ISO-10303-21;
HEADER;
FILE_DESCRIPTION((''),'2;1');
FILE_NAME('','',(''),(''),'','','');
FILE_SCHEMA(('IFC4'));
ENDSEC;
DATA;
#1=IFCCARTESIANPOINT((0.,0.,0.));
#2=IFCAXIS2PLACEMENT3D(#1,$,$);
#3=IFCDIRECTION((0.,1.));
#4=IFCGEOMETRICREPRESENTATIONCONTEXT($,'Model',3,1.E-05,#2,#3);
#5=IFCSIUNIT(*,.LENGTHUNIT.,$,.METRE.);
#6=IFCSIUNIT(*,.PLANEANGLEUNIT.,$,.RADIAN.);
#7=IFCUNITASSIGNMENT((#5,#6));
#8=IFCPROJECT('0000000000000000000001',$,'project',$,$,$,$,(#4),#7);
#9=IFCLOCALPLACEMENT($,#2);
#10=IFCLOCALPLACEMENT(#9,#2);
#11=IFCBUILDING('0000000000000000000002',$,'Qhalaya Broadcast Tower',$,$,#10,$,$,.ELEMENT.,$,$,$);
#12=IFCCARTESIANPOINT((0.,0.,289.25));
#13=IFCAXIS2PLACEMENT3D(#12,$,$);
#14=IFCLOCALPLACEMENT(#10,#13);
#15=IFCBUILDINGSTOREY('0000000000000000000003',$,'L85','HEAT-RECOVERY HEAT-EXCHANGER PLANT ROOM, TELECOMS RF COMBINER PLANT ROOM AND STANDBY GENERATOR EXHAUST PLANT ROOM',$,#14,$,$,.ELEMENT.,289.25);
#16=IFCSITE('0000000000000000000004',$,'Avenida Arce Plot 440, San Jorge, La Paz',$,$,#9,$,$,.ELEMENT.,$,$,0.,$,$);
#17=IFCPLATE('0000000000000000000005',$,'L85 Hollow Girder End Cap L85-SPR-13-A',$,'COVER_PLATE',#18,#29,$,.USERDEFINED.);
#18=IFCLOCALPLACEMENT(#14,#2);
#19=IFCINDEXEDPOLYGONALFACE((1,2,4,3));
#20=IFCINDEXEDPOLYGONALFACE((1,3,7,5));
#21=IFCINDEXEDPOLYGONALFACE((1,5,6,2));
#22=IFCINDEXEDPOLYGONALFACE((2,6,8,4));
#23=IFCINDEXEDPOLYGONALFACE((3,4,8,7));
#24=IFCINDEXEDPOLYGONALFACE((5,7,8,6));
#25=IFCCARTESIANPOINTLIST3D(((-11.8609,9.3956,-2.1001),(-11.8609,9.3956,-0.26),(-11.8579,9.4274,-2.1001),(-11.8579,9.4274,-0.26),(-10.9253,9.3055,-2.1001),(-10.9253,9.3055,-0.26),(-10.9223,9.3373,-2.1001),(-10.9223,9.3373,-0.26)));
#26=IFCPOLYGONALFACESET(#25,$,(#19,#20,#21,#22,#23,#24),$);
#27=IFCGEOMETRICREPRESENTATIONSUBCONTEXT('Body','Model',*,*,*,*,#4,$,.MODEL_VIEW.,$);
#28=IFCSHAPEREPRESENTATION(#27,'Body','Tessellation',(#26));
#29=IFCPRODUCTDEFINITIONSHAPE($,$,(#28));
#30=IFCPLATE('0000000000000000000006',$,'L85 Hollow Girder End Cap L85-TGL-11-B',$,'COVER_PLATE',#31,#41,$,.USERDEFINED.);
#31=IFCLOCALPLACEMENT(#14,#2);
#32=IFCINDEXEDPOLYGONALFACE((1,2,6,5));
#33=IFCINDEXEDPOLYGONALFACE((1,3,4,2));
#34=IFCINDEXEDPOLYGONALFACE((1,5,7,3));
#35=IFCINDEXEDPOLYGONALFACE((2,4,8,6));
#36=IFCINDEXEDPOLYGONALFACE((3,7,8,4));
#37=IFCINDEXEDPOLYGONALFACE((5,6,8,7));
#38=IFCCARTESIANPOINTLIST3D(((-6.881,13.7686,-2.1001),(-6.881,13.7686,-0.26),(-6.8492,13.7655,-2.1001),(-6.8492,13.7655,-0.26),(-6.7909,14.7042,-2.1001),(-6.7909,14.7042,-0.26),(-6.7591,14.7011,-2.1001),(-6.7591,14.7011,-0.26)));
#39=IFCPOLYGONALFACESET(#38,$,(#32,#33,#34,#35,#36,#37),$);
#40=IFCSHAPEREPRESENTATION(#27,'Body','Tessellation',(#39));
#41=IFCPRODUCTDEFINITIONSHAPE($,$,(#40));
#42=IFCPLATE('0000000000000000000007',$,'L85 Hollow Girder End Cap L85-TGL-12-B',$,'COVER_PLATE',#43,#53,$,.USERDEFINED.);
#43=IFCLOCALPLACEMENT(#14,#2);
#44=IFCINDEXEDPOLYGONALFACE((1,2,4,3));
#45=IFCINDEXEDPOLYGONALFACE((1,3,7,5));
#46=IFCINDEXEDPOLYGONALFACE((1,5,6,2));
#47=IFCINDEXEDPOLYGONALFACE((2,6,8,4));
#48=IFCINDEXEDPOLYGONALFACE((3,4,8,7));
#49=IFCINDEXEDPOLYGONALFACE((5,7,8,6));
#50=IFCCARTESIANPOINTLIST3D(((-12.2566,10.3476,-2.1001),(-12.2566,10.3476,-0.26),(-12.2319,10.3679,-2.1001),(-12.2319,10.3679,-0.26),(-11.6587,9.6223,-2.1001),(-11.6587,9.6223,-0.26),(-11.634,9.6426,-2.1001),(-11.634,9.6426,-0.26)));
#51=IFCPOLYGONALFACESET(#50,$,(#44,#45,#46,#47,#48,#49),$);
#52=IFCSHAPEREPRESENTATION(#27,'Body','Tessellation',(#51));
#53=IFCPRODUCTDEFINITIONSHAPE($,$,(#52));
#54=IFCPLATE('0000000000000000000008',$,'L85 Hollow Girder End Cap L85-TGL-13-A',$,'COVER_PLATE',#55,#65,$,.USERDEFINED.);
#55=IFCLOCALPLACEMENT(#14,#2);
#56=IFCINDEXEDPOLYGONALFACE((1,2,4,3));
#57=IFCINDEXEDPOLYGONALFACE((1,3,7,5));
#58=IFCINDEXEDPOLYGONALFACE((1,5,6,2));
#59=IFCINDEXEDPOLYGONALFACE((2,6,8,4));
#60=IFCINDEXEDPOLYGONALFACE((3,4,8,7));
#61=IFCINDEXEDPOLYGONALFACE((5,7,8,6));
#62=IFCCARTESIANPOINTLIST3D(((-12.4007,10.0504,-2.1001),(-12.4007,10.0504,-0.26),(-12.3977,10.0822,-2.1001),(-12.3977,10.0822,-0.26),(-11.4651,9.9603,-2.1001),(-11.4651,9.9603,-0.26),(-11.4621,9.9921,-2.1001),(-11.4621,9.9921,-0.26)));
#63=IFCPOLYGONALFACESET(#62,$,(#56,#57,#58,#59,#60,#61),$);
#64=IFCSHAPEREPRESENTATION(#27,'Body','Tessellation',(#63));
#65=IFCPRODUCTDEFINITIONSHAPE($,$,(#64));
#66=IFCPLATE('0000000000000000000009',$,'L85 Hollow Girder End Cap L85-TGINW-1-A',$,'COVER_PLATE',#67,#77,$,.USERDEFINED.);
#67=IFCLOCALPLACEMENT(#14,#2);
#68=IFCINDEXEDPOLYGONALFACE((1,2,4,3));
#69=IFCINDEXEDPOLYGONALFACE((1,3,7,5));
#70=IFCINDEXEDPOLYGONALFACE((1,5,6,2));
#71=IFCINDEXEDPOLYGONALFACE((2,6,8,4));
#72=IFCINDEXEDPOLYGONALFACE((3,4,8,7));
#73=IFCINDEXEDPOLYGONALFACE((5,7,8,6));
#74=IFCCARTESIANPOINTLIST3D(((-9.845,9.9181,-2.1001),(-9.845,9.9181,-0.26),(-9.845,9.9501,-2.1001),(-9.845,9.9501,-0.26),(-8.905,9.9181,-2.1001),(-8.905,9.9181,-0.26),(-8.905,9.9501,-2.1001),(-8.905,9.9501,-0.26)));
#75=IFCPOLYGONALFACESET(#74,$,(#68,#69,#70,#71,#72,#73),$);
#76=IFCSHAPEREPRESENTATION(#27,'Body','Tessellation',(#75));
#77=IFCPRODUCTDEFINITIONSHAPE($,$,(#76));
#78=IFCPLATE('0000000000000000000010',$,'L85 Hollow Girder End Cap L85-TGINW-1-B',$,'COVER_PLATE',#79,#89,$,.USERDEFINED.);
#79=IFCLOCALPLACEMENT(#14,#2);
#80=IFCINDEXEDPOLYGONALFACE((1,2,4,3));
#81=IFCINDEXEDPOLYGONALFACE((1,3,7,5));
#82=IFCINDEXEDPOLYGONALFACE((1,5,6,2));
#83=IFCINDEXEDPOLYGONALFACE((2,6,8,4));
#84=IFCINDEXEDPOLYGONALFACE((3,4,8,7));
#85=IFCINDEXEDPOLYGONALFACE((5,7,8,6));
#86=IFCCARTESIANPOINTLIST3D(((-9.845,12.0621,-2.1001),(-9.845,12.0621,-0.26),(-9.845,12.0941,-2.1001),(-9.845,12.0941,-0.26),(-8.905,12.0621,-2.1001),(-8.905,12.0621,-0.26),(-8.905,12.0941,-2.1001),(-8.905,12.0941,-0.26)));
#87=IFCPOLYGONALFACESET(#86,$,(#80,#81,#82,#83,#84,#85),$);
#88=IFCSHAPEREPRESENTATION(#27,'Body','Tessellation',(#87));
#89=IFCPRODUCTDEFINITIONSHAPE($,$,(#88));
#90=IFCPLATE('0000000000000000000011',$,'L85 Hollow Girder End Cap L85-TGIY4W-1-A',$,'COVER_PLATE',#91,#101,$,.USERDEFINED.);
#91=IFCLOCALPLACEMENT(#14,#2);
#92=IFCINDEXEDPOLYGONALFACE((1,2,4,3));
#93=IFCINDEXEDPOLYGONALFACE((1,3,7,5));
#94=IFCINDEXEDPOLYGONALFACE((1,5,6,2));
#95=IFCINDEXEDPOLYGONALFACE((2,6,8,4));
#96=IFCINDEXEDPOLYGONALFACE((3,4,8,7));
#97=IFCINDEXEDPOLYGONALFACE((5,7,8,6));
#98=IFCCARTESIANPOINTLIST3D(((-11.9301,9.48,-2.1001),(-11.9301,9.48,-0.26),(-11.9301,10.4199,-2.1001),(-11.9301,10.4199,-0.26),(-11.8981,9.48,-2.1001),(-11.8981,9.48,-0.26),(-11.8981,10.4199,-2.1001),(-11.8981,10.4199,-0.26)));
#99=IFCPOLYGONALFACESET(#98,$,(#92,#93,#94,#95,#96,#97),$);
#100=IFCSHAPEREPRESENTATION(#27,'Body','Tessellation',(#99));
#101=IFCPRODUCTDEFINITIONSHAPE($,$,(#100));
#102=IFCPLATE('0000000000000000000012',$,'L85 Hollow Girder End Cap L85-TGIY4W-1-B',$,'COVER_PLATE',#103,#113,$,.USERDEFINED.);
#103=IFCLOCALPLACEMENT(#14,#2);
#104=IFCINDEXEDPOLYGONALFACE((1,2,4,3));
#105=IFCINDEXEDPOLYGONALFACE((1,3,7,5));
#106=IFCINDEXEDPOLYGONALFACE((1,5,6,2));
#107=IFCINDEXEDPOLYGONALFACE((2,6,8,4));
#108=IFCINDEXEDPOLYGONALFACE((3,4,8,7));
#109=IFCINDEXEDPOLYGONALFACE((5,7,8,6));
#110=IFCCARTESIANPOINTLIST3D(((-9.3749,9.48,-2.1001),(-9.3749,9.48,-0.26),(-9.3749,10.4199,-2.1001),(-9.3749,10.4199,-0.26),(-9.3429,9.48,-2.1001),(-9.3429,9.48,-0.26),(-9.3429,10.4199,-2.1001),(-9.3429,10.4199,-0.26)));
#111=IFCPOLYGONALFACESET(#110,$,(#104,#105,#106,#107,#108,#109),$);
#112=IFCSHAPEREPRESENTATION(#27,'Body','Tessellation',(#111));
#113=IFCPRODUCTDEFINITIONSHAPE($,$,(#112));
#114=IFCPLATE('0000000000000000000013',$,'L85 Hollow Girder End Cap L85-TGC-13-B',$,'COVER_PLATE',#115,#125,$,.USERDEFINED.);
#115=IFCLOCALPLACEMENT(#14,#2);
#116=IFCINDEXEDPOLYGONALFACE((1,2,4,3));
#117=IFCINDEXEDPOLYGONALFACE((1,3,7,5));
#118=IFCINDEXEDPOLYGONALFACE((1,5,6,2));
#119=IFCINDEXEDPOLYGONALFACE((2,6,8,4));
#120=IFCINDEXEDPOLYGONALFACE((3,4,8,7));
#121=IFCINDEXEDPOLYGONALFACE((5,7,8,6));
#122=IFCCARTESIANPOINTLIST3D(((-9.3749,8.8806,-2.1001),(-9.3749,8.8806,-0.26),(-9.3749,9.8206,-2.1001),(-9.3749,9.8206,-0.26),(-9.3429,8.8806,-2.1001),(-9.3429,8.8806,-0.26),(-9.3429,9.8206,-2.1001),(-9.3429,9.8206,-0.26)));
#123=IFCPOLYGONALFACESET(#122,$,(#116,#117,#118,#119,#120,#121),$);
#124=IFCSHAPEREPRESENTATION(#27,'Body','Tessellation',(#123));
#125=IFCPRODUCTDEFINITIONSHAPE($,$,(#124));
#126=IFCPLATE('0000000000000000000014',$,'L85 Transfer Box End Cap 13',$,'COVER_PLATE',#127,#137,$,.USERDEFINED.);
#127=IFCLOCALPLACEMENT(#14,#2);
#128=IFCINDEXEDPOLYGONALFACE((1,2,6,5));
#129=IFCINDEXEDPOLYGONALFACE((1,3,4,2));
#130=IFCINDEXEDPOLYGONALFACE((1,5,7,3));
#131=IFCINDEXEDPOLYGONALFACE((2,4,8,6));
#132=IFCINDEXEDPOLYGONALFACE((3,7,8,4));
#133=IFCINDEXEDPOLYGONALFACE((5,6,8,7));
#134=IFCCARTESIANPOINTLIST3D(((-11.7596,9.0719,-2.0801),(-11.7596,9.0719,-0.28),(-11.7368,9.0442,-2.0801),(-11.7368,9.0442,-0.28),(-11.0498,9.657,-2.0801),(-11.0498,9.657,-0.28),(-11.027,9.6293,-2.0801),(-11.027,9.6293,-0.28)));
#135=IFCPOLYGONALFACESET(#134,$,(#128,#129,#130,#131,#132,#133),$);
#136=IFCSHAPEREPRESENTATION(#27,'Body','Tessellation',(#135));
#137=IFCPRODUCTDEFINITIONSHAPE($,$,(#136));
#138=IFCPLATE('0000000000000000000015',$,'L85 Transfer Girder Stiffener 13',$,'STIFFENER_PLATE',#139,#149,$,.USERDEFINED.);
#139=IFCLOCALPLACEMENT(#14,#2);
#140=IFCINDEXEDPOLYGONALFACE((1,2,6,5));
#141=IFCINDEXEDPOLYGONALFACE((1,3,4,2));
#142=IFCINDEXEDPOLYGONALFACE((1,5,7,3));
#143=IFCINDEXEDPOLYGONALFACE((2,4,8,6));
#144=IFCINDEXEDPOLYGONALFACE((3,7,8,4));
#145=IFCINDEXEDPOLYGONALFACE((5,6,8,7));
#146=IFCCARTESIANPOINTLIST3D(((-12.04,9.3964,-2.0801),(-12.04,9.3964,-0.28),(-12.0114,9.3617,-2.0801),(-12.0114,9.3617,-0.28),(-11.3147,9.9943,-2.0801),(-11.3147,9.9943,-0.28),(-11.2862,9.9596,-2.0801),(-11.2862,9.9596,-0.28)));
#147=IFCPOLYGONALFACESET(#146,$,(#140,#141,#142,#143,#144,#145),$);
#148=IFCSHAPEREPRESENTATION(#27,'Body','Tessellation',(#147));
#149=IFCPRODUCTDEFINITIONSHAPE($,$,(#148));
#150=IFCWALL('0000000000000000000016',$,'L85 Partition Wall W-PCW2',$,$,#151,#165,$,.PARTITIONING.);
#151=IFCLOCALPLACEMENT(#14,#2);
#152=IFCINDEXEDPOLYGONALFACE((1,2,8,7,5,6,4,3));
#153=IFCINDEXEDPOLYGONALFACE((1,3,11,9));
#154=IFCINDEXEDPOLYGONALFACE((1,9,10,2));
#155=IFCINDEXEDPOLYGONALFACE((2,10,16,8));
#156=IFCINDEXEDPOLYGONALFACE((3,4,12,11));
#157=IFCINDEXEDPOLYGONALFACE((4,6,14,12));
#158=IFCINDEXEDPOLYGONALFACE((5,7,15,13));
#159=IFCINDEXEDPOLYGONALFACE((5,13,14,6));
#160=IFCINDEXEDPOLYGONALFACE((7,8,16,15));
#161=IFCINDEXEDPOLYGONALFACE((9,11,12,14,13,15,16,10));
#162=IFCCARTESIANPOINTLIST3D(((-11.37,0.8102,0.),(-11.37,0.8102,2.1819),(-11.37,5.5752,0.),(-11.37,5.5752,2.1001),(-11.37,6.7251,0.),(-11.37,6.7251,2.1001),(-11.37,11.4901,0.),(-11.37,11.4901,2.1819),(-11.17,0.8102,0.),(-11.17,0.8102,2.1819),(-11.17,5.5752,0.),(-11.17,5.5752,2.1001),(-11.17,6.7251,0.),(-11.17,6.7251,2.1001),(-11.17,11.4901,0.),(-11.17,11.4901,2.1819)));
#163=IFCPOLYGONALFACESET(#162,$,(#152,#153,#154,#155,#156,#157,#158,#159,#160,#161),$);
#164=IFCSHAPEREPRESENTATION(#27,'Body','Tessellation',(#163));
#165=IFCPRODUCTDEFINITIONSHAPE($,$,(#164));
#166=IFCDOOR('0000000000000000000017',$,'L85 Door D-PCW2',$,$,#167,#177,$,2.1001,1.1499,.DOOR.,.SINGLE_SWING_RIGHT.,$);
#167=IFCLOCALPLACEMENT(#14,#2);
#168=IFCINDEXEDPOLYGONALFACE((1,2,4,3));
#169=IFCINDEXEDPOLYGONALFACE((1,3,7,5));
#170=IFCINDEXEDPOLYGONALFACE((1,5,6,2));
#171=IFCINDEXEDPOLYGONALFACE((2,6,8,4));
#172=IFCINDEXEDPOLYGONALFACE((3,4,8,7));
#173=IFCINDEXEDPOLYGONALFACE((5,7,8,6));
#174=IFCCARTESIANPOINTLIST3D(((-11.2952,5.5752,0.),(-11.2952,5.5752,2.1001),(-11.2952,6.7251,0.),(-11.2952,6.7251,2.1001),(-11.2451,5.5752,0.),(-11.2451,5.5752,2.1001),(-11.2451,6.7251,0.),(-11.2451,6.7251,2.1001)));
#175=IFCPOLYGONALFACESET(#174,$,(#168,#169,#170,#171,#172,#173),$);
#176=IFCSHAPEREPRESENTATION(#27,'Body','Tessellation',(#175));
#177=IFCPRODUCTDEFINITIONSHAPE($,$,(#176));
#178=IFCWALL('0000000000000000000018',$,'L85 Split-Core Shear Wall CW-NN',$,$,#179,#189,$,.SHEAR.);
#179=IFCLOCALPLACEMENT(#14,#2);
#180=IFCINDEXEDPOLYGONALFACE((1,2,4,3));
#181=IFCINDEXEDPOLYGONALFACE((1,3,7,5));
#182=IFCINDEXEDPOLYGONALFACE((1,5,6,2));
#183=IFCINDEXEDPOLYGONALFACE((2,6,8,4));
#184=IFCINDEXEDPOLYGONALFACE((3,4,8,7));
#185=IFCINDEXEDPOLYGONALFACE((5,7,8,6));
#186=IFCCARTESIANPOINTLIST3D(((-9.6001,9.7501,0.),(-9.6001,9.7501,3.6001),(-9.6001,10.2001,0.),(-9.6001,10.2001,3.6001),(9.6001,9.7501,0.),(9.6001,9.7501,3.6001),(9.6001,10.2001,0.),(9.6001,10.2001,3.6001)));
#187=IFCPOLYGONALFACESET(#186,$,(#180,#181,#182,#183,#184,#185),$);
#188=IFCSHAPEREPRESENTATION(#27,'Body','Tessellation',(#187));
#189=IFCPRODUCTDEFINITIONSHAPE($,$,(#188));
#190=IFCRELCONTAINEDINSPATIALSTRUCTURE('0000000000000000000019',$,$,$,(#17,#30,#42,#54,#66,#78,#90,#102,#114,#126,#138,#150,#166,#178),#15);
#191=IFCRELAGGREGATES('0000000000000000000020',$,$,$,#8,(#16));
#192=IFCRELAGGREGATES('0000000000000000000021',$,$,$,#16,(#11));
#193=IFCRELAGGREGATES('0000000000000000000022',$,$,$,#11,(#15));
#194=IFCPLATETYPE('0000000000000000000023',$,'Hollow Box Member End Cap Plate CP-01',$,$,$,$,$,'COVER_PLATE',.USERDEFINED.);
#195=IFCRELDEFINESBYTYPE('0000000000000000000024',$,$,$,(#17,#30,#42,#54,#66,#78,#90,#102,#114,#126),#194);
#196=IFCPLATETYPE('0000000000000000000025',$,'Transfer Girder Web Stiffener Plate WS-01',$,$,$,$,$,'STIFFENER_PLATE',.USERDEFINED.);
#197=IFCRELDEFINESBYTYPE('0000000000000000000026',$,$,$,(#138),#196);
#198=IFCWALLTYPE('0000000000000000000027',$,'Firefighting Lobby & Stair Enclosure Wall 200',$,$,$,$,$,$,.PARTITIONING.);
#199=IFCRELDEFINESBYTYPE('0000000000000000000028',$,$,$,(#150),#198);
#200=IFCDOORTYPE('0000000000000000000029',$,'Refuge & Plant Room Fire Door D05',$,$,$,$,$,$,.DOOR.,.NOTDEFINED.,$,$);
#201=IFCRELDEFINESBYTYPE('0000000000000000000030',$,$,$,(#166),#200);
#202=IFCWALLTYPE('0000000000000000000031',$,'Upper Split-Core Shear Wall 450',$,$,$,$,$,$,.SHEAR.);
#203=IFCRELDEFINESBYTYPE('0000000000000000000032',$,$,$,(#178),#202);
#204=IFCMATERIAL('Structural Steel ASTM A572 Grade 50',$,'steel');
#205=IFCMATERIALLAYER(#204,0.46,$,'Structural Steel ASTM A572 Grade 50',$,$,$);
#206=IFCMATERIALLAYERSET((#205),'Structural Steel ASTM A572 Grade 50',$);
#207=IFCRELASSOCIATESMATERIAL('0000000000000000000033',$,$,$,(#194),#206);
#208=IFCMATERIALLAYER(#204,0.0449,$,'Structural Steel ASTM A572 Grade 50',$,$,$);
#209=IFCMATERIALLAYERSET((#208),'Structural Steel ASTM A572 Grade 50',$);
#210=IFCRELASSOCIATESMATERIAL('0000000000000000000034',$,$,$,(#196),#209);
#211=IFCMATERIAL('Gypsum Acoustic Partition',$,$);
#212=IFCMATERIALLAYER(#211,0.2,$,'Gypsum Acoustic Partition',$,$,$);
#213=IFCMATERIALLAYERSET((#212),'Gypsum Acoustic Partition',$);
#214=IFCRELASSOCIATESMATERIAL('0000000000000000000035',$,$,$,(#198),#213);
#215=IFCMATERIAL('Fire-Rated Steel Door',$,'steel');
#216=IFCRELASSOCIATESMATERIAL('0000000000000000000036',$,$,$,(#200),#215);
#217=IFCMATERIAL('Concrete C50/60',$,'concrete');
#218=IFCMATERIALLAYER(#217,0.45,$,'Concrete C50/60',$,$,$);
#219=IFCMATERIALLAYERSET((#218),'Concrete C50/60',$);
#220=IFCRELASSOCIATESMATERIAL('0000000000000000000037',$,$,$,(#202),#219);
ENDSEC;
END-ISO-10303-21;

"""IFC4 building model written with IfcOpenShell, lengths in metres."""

from ifc_helpers import new_model, si_unit, direction, frame, frame_2d, origin, origin_2d, place, context, subcontext, project, spatial, rectangle, extrude, material, layer, layer_set, type_object, element, fill, save


model = new_model("IFC4")

# Units and contexts
model_context = context("Model", 3, precision=1e-05, world=origin(), true_north=direction((0.0, 1.0)))
body_context = subcontext(model_context, "Body", "Model", "MODEL_VIEW")
ifc_project = project(units=[si_unit("LENGTHUNIT", "METRE"), si_unit("PLANEANGLEUNIT", "RADIAN")], contexts=[model_context])

# Site, building, storey
site_placement = place(None, origin())
site = spatial("IfcSite", under=ifc_project, at=site_placement, Name="Avenida Arce Plot 440, San Jorge, La Paz", CompositionType="ELEMENT", RefElevation=0.0)
building_placement = place(site_placement, origin())
building = spatial("IfcBuilding", under=site, at=building_placement, Name="Qhalaya Broadcast Tower", CompositionType="ELEMENT")
storey_placement = place(building_placement, frame((0.0, 0.0, 289.25)))
storey = spatial("IfcBuildingStorey", under=building, at=storey_placement, Name="L85", Description="HEAT-RECOVERY HEAT-EXCHANGER PLANT ROOM, TELECOMS RF COMBINER PLANT ROOM AND STANDBY GENERATOR EXHAUST PLANT ROOM", CompositionType="ELEMENT", Elevation=289.25)

# Shared definitions
ifc_material_1 = material(Name="Concrete C50/60", Category="concrete")

# Shared definitions
ifc_material_2 = material(Name="Structural Steel ASTM A572 Grade 50", Category="steel")

# Plates
ifc_layer_1 = layer(ifc_material_2, 0.46, Name="Structural Steel ASTM A572 Grade 50")
ifc_layer_set_1 = layer_set([ifc_layer_1], Name="Structural Steel ASTM A572 Grade 50")
plate_type_1 = type_object("IfcPlateType", Name="Hollow Box Member End Cap Plate CP-01", ElementType="COVER_PLATE", PredefinedType="USERDEFINED", material=ifc_layer_set_1)
for number, where, z_axis, x_axis, name in (
    (1, (-11.3916, 9.3665, -2.1001), (0.0, 0.0, 1.0), (0.995395, -0.095863, 0.0), "L85 Hollow Girder End Cap L85-SPR-13-A"),
    (2, (-6.8201, 14.2349, -2.1001), (0.0, 0.0, 1.0), (-0.095846, -0.995396, 0.0), "L85 Hollow Girder End Cap L85-TGL-11-B"),
    (3, (-11.9453, 9.9951, -2.1001), (0.0, 0.0, 1.0), (0.636078, -0.771625, 0.0), "L85 Hollow Girder End Cap L85-TGL-12-B"),
    (4, (-11.9314, 10.0212, -2.1001), (0.0, 0.0, 1.0), (0.995396, -0.095846, 0.0), "L85 Hollow Girder End Cap L85-TGL-13-A"),
    (5, (-9.375, 9.9341, -2.1001), (0.0, 0.0, 1.0), (-1.0, 0.0, 0.0), "L85 Hollow Girder End Cap L85-TGINW-1-A"),
    (6, (-9.375, 12.0781, -2.1001), (0.0, 0.0, 1.0), (-1.0, 0.0, 0.0), "L85 Hollow Girder End Cap L85-TGINW-1-B"),
    (7, (-11.9141, 9.95, -2.1001), (0.0, 0.0, 1.0), (0.0, 1.0, 0.0), "L85 Hollow Girder End Cap L85-TGIY4W-1-A"),
    (8, (-9.3589, 9.95, -2.1001), (0.0, 0.0, 1.0), (0.0, 1.0, 0.0), "L85 Hollow Girder End Cap L85-TGIY4W-1-B"),
    (9, (-9.3589, 9.3506, -2.1001), (0.0, 0.0, 1.0), (0.0, 1.0, 0.0), "L85 Hollow Girder End Cap L85-TGC-13-B"),
):
    element("IfcPlate", number, at=place(storey_placement, frame(where, z_axis=z_axis, x_axis=x_axis)), inside=storey, type_object=plate_type_1, Name=name, ObjectType="COVER_PLATE", PredefinedType="USERDEFINED", context=body_context, shape_type="SweptSolid", body=[
        extrude(rectangle(XDim=0.9399, YDim=0.032, at=origin_2d()), origin(), (0.0, 0.0, 1.0), 1.8401),
    ])
plate_1_placement = place(storey_placement, frame((-11.3933, 9.3506, -2.0801), z_axis=(0.0, 0.0, 1.0), x_axis=(0.771613, 0.636092, 0.0)))
element("IfcPlate", 10, at=plate_1_placement, inside=storey, type_object=plate_type_1, Name="L85 Transfer Box End Cap 13", ObjectType="COVER_PLATE", PredefinedType="USERDEFINED", context=body_context, shape_type="SweptSolid", body=[
    extrude(rectangle(XDim=0.9199, YDim=0.0359, at=origin_2d()), origin(), (0.0, 0.0, 1.0), 1.8),
])
ifc_layer_2 = layer(ifc_material_2, 0.0449, Name="Structural Steel ASTM A572 Grade 50")
ifc_layer_set_2 = layer_set([ifc_layer_2], Name="Structural Steel ASTM A572 Grade 50")
plate_type_2 = type_object("IfcPlateType", Name="Transfer Girder Web Stiffener Plate WS-01", ElementType="STIFFENER_PLATE", PredefinedType="USERDEFINED", material=ifc_layer_set_2)
plate_2_placement = place(storey_placement, frame((-11.6631, 9.678, -2.0801), z_axis=(0.0, 0.0, 1.0), x_axis=(0.771613, 0.636092, 0.0)))
element("IfcPlate", 11, at=plate_2_placement, inside=storey, type_object=plate_type_2, Name="L85 Transfer Girder Stiffener 13", ObjectType="STIFFENER_PLATE", PredefinedType="USERDEFINED", context=body_context, shape_type="SweptSolid", body=[
    extrude(rectangle(XDim=0.9399, YDim=0.0449, at=origin_2d()), origin(), (0.0, 0.0, 1.0), 1.8),
])

# Wall, opening, door
ifc_material_3 = material(Name="Gypsum Acoustic Partition")
ifc_layer_3 = layer(ifc_material_3, 0.2, Name="Gypsum Acoustic Partition")
ifc_layer_set_3 = layer_set([ifc_layer_3], Name="Gypsum Acoustic Partition")
wall_type_1 = type_object("IfcWallType", Name="Firefighting Lobby & Stair Enclosure Wall 200", PredefinedType="PARTITIONING", material=ifc_layer_set_3)
wall_1_placement = place(storey_placement, frame((-11.27, 11.49, 0.0), z_axis=(0.0, 0.0, 1.0), x_axis=(0.0, -1.0, 0.0)))
wall_1 = element("IfcWall", 12, at=wall_1_placement, inside=storey, type_object=wall_type_1, Name="L85 Partition Wall W-PCW2", PredefinedType="PARTITIONING", context=body_context, shape_type="SweptSolid", body=[
    extrude(rectangle(XDim=10.6799, YDim=0.2, at=frame_2d((5.3398, 0.0))), origin(), (0.0, 0.0, 1.0), 2.1819),
])
opening_placement = place(wall_1_placement, frame((4.7649, 0.0, 0.0)))
opening = element("IfcOpeningElement", 13, at=opening_placement, cuts=wall_1, PredefinedType="OPENING", context=body_context, shape_type="SweptSolid", body=[
    extrude(rectangle(XDim=1.1499, YDim=2.1001, at=frame_2d((0.575, 1.05))), frame((0.0, 0.1121, 0.0), z_axis=(0.0, -1.0, 0.0), x_axis=(1.0, 0.0, 0.0)), (0.0, 0.0, 1.0), 0.2239),
])
ifc_material_4 = material(Name="Fire-Rated Steel Door", Category="steel")
door_type = type_object("IfcDoorType", Name="Refuge & Plant Room Fire Door D05", OperationType="NOTDEFINED", PredefinedType="DOOR", material=ifc_material_4)
door_placement = place(opening_placement, origin())
door = element("IfcDoor", 14, at=door_placement, inside=storey, type_object=door_type, Name="L85 Door D-PCW2", OperationType="SINGLE_SWING_RIGHT", OverallHeight=2.1001, OverallWidth=1.1499, PredefinedType="DOOR", context=body_context, shape_type="SweptSolid", body=[
    extrude(rectangle(XDim=1.1499, YDim=2.1001, at=frame_2d((0.575, 1.05))), frame((0.0, 0.0249, 0.0), z_axis=(0.0, -1.0, 0.0), x_axis=(1.0, 0.0, 0.0)), (0.0, 0.0, 1.0), 0.05),
])
fill(opening, door)

# Wall
ifc_layer_4 = layer(ifc_material_1, 0.45, Name="Concrete C50/60")
ifc_layer_set_4 = layer_set([ifc_layer_4], Name="Concrete C50/60")
wall_type_2 = type_object("IfcWallType", Name="Upper Split-Core Shear Wall 450", PredefinedType="SHEAR", material=ifc_layer_set_4)
wall_2_placement = place(storey_placement, frame((-9.6001, 9.9751, 0.0), z_axis=(0.0, 0.0, 1.0), x_axis=(1.0, 0.0, 0.0)))
element("IfcWall", 15, at=wall_2_placement, inside=storey, type_object=wall_type_2, Name="L85 Split-Core Shear Wall CW-NN", PredefinedType="SHEAR", context=body_context, shape_type="SweptSolid", body=[
    extrude(rectangle(XDim=19.2002, YDim=0.45, at=frame_2d((9.6001, 0.0))), origin(), (0.0, 0.0, 1.0), 3.6001),
])

save(model, "model.ifc")
